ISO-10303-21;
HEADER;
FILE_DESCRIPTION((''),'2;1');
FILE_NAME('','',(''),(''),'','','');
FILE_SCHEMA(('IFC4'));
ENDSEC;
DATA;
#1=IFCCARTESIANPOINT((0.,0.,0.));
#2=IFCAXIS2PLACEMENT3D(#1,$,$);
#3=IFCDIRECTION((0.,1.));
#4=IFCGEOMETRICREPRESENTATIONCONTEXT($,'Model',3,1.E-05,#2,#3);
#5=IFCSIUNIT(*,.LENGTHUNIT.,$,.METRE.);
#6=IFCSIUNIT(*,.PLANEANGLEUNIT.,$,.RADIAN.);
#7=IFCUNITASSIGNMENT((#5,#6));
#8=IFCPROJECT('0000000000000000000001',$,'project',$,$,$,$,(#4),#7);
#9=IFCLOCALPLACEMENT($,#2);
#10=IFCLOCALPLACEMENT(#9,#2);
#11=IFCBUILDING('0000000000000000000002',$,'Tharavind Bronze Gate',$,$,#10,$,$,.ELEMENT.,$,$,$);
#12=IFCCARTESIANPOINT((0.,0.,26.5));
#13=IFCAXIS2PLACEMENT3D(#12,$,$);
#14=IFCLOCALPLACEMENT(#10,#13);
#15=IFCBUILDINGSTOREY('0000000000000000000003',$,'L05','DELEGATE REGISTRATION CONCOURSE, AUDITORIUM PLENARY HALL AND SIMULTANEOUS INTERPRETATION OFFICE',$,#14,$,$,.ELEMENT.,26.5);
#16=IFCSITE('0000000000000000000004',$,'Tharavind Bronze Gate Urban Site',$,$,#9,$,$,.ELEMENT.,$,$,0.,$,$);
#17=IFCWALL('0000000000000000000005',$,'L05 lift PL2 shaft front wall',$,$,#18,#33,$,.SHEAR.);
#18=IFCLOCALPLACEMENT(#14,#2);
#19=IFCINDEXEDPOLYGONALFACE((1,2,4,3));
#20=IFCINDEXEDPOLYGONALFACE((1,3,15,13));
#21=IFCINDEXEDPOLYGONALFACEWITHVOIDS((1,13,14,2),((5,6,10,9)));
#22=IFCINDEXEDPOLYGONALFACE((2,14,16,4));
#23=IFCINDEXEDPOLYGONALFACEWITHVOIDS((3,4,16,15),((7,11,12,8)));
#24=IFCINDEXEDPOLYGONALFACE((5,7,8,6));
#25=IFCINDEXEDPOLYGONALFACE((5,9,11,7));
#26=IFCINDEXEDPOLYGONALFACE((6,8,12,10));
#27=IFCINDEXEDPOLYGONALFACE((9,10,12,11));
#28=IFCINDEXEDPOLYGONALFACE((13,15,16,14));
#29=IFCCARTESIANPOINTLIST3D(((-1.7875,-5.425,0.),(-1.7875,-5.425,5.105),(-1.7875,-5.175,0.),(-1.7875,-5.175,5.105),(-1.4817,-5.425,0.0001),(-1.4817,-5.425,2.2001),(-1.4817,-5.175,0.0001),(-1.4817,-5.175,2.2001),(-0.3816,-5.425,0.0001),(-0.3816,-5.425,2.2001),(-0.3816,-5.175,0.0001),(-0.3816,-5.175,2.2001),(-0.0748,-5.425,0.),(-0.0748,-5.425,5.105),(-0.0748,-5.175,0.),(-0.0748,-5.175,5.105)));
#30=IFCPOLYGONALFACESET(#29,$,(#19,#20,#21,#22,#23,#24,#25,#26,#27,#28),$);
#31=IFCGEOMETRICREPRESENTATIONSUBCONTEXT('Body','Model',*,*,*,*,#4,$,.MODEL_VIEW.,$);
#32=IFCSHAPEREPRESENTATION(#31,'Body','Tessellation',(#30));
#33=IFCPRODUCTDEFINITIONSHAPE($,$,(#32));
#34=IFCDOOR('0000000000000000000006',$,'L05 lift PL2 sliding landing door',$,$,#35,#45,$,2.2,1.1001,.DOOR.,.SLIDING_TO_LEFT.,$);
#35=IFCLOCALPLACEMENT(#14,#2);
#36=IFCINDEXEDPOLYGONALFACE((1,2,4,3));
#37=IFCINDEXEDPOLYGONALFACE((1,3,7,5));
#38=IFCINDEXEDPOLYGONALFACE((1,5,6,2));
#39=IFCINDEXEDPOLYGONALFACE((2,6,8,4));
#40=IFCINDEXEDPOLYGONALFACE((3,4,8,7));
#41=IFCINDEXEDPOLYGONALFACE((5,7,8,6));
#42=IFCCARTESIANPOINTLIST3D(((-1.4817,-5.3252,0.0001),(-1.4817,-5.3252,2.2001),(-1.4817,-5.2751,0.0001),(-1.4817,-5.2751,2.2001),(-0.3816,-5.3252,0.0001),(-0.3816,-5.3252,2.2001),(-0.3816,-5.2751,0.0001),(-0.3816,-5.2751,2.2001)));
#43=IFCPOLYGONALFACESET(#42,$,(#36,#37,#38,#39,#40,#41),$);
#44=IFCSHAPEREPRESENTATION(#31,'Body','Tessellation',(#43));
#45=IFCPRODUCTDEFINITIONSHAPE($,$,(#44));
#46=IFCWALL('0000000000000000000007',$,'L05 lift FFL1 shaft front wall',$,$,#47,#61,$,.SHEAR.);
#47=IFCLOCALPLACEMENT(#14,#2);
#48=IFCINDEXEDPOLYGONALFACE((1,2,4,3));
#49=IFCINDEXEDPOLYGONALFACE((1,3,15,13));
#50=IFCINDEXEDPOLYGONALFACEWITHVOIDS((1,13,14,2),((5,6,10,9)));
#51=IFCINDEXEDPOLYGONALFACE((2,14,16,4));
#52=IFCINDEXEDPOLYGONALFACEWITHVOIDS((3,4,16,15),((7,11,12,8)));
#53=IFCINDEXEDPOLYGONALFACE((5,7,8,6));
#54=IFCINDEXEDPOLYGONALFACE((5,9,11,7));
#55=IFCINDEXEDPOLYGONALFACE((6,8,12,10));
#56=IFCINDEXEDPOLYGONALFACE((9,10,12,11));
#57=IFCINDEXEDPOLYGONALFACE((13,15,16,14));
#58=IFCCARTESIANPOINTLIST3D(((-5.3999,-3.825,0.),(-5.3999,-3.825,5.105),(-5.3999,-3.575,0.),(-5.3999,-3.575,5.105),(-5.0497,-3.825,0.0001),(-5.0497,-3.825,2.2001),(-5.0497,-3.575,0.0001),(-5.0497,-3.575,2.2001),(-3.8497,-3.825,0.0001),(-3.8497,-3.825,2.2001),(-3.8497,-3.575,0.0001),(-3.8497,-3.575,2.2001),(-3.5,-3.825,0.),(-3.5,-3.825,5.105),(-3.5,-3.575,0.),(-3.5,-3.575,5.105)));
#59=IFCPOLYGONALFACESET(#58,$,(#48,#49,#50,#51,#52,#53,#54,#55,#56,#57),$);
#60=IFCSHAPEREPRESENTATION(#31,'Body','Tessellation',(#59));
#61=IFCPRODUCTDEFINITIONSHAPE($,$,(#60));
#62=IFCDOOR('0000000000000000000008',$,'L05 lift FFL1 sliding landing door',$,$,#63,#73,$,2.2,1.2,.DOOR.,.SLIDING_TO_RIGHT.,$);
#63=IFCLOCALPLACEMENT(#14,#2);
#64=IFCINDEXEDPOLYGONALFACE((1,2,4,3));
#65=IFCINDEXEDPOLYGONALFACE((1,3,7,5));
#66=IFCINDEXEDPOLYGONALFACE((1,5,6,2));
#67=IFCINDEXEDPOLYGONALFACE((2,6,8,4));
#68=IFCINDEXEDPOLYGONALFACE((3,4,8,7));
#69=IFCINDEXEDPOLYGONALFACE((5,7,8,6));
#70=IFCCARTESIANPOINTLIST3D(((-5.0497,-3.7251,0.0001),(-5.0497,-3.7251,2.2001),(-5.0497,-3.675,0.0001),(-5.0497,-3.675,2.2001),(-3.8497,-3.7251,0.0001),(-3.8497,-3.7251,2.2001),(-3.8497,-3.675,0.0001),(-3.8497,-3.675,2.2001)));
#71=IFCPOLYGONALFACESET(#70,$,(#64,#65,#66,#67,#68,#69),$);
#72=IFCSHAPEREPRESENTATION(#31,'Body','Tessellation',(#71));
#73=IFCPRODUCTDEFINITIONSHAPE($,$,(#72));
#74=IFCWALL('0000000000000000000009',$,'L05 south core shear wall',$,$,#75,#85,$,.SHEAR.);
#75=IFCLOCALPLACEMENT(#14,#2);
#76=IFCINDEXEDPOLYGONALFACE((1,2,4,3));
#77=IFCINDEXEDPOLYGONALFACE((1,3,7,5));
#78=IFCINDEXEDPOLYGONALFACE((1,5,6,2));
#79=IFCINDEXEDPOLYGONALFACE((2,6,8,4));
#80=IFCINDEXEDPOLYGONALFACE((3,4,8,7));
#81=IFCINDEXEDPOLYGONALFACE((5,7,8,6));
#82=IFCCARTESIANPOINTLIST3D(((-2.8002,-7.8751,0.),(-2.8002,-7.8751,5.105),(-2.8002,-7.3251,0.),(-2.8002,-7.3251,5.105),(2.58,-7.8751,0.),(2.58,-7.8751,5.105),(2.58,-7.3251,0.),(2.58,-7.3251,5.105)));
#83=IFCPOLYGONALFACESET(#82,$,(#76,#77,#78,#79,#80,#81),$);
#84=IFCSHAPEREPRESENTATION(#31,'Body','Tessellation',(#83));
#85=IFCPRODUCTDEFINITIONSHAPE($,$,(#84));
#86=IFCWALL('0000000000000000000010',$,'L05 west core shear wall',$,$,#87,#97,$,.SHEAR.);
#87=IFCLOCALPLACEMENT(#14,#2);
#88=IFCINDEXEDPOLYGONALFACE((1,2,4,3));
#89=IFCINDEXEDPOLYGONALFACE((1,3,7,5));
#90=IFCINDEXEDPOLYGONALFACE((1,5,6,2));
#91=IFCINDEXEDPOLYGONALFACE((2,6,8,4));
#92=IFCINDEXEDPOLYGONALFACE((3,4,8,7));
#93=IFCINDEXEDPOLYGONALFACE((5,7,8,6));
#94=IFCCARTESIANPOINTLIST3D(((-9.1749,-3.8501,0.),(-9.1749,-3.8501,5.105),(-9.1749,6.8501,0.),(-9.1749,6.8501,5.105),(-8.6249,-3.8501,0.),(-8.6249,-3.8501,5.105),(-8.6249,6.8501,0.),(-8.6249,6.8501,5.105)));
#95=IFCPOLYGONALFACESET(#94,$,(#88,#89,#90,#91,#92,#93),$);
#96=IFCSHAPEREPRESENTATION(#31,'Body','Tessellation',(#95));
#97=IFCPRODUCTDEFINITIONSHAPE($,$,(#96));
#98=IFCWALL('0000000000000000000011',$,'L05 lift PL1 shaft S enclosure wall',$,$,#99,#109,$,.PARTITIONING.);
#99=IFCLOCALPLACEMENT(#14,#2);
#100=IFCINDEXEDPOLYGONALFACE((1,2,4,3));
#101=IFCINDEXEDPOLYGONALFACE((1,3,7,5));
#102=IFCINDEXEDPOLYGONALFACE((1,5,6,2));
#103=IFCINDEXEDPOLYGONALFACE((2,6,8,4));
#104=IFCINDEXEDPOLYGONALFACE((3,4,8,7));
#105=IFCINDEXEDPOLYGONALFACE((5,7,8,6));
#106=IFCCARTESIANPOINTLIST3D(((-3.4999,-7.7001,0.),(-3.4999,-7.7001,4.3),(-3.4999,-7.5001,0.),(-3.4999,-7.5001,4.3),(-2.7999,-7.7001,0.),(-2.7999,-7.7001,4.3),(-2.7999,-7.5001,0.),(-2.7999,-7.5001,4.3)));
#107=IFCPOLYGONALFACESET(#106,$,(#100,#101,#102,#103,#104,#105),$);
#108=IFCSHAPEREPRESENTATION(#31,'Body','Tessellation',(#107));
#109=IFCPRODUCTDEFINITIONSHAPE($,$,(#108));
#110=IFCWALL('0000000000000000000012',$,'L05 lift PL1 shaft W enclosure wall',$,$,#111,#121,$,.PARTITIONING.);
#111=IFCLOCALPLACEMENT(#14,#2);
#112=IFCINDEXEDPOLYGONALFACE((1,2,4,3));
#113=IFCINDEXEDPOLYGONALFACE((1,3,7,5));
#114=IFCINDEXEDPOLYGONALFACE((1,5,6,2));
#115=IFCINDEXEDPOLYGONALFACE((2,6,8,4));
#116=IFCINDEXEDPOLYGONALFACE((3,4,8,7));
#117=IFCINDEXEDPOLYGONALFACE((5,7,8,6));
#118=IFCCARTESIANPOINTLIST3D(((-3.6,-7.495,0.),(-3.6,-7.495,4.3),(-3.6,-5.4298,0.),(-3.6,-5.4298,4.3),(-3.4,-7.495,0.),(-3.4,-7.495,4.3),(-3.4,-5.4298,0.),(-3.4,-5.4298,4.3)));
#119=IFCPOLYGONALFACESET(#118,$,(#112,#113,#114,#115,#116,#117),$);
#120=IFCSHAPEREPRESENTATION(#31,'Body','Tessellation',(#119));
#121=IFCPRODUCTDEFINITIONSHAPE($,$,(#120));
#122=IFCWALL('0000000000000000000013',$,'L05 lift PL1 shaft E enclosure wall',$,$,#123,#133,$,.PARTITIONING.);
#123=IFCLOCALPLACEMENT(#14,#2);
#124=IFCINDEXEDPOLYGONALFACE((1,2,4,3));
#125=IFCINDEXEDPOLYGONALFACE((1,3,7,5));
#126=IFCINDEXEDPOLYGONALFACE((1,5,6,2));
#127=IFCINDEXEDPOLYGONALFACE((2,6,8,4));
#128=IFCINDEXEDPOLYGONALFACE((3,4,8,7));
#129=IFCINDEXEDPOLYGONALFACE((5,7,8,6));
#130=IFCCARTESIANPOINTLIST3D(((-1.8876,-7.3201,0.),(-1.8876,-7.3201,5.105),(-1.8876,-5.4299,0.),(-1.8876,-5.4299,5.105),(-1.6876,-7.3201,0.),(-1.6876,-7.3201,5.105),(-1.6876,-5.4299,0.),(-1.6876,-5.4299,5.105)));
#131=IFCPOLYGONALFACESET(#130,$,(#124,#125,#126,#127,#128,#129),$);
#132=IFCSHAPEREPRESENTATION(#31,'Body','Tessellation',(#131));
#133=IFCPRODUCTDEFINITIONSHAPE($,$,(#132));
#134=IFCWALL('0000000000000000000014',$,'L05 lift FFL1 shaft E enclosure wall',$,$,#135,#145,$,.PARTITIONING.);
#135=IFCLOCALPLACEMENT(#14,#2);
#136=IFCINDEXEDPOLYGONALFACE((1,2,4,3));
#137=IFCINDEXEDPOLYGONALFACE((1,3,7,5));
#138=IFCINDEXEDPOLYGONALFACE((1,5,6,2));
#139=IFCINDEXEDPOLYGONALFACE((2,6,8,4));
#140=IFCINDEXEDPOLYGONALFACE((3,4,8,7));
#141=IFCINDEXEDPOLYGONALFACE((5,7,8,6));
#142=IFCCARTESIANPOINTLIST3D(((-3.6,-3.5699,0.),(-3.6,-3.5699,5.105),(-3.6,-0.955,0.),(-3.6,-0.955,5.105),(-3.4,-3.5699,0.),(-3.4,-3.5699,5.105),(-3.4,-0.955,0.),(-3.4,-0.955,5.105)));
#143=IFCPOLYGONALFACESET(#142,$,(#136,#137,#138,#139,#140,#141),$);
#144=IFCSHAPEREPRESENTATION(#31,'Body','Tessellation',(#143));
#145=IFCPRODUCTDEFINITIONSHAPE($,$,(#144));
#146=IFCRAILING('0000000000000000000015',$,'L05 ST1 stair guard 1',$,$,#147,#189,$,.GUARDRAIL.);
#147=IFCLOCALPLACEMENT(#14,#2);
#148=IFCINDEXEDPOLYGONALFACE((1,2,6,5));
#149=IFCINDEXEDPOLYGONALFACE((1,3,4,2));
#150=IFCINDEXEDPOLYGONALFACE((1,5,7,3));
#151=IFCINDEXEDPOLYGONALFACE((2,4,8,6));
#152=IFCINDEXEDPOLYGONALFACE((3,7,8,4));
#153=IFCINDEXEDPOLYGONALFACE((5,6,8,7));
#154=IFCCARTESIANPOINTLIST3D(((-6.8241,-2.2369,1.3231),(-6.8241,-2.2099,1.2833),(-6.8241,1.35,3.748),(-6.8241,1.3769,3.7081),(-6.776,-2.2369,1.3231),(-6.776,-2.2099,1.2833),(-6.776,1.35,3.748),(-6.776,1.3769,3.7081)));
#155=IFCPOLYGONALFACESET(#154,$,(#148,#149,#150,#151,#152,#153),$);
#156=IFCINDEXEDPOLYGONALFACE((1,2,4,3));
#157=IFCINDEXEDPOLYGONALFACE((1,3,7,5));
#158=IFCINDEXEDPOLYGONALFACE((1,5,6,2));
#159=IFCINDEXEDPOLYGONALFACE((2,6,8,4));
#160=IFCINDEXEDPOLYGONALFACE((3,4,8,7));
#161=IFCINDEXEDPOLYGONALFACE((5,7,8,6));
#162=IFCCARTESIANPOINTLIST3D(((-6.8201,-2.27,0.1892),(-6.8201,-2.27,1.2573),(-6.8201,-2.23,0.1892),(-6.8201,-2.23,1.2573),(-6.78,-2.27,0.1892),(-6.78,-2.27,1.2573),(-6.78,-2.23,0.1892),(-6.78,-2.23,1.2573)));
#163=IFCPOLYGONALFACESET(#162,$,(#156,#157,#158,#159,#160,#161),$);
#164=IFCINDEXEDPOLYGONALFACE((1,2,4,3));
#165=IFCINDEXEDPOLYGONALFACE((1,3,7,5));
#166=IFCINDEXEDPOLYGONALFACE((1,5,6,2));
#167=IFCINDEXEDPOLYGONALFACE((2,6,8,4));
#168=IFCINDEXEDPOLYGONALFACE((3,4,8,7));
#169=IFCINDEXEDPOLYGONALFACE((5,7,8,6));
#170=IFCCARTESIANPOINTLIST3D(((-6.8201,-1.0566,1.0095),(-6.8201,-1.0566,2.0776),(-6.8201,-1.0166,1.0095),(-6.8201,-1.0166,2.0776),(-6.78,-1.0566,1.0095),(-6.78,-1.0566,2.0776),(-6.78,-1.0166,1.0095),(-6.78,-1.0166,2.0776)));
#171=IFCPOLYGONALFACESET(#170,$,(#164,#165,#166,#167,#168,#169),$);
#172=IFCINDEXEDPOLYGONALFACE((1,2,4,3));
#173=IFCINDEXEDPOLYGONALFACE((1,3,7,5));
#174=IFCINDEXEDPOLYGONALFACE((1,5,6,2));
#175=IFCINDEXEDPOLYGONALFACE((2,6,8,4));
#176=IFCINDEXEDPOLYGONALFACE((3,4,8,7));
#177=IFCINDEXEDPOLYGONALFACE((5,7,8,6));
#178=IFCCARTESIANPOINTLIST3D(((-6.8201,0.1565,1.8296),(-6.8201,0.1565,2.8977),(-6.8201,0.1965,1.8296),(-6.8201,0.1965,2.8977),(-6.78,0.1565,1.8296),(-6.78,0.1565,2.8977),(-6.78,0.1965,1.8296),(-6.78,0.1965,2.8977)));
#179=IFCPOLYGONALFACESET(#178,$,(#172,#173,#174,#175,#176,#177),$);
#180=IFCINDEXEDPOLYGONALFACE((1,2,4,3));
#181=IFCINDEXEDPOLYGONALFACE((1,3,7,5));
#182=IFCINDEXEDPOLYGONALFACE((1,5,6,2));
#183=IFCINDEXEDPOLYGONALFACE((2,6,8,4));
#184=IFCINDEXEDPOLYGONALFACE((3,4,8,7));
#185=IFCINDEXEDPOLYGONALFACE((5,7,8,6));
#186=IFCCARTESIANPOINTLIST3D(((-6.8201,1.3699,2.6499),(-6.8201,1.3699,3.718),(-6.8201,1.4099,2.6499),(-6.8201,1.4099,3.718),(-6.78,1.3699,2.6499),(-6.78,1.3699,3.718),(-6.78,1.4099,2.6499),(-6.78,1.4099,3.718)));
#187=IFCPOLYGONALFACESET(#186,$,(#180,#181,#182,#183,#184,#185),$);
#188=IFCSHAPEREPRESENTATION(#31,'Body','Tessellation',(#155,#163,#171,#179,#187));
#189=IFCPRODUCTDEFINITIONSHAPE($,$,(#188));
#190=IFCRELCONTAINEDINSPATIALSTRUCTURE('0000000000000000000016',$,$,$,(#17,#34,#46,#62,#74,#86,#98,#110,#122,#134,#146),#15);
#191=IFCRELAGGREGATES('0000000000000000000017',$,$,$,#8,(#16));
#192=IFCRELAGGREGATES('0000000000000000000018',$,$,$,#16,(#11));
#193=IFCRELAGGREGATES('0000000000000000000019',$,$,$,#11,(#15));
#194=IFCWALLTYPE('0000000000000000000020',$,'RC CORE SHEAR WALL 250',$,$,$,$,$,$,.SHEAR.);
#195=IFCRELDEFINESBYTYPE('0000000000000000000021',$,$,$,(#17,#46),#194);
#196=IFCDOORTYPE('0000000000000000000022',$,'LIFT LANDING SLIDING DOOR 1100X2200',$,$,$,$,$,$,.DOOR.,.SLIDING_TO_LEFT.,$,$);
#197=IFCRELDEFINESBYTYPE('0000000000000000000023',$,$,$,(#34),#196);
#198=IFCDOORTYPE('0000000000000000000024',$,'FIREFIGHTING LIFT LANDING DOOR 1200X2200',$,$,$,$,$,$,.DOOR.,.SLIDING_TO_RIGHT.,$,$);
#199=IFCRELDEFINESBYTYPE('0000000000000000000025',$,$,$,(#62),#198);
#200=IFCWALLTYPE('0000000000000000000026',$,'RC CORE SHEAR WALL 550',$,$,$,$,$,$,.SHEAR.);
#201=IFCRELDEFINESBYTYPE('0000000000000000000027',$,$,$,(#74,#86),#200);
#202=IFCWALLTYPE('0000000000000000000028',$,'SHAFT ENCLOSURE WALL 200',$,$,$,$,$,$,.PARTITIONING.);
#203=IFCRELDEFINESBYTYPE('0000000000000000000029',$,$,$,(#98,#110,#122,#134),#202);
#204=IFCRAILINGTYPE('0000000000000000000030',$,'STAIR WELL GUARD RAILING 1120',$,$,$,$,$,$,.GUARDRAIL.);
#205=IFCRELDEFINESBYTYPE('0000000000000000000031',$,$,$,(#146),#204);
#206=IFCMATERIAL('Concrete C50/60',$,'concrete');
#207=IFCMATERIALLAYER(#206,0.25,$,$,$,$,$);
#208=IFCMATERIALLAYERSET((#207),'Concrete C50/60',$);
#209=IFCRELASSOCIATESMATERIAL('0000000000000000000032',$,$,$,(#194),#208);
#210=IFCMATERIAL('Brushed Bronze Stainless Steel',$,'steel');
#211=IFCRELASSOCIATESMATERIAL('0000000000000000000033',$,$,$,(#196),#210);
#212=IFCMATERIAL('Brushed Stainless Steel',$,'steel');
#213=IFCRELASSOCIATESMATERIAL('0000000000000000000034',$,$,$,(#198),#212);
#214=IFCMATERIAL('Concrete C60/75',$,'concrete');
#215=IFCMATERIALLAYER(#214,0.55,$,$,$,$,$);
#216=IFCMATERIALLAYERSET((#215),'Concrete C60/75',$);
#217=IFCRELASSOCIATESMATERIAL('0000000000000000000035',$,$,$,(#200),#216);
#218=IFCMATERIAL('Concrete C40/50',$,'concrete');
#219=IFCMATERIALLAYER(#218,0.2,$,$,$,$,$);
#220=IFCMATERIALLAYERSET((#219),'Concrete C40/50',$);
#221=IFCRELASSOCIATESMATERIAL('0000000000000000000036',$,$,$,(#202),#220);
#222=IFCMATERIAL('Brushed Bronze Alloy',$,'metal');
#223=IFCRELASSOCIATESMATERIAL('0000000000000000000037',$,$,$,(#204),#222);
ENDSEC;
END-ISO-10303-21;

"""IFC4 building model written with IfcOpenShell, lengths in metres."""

from ifc_helpers import new_model, si_unit, direction, frame, frame_2d, origin, origin_2d, place, context, subcontext, project, spatial, rectangle, extrude, material, layer, layer_set, type_object, element, fill, save


model = new_model("IFC4")

# Units and contexts
model_context = context("Model", 3, precision=1e-05, world=origin(), true_north=direction((0.0, 1.0)))
body_context = subcontext(model_context, "Body", "Model", "MODEL_VIEW")
ifc_project = project(units=[si_unit("LENGTHUNIT", "METRE"), si_unit("PLANEANGLEUNIT", "RADIAN")], contexts=[model_context])

# Site, building, storey
site_placement = place(None, origin())
site = spatial("IfcSite", under=ifc_project, at=site_placement, Name="Tharavind Bronze Gate Urban Site", CompositionType="ELEMENT", RefElevation=0.0)
building_placement = place(site_placement, origin())
building = spatial("IfcBuilding", under=site, at=building_placement, Name="Tharavind Bronze Gate", CompositionType="ELEMENT")
storey_placement = place(building_placement, frame((0.0, 0.0, 26.5)))
storey = spatial("IfcBuildingStorey", under=building, at=storey_placement, Name="L05", Description="DELEGATE REGISTRATION CONCOURSE, AUDITORIUM PLENARY HALL AND SIMULTANEOUS INTERPRETATION OFFICE", CompositionType="ELEMENT", Elevation=26.5)

# Shared definitions
ifc_material_1 = material(Name="Concrete C50/60", Category="concrete")
ifc_layer_1 = layer(ifc_material_1, 0.25)
ifc_layer_set_1 = layer_set([ifc_layer_1], Name="Concrete C50/60")
wall_type_1 = type_object("IfcWallType", Name="RC CORE SHEAR WALL 250", PredefinedType="SHEAR", material=ifc_layer_set_1)

# Walls, openings, doors
ifc_material_2 = material(Name="Brushed Bronze Stainless Steel", Category="steel")
door_type_1 = type_object("IfcDoorType", Name="LIFT LANDING SLIDING DOOR 1100X2200", OperationType="SLIDING_TO_LEFT", PredefinedType="DOOR", material=ifc_material_2)
wall_1_placement = place(storey_placement, frame((-1.7876, -5.3, 0.0), z_axis=(0.0, 0.0, 1.0), x_axis=(1.0, 0.0, 0.0)))
wall_1 = element("IfcWall", 1, at=wall_1_placement, inside=storey, type_object=wall_type_1, Name="L05 lift PL2 shaft front wall", PredefinedType="SHEAR", context=body_context, shape_type="SweptSolid", body=[
    extrude(rectangle(XDim=1.7126, YDim=0.25, at=frame_2d((0.8564, 0.0))), origin(), (0.0, 0.0, 1.0), 5.105),
])
opening_1_placement = place(wall_1_placement, frame((0.3059, 0.0, 0.0)))
opening_1 = element("IfcOpeningElement", 2, at=opening_1_placement, cuts=wall_1, PredefinedType="OPENING", context=body_context, shape_type="SweptSolid", body=[
    extrude(rectangle(XDim=1.1001, YDim=2.2, at=frame_2d((0.55, 1.1001))), frame((0.0, 0.135, 0.0), z_axis=(0.0, -1.0, 0.0), x_axis=(1.0, 0.0, 0.0)), (0.0, 0.0, 1.0), 0.27),
])
door_1_placement = place(opening_1_placement, origin())
door_1 = element("IfcDoor", 3, at=door_1_placement, inside=storey, type_object=door_type_1, Name="L05 lift PL2 sliding landing door", OperationType="SLIDING_TO_LEFT", OverallHeight=2.2, OverallWidth=1.1001, PredefinedType="DOOR", context=body_context, shape_type="SweptSolid", body=[
    extrude(rectangle(XDim=1.1001, YDim=2.2, at=frame_2d((0.55, 1.1001))), frame((0.0, 0.0249, 0.0), z_axis=(0.0, -1.0, 0.0), x_axis=(1.0, 0.0, 0.0)), (0.0, 0.0, 1.0), 0.05),
])
fill(opening_1, door_1)
wall_2_placement = place(storey_placement, frame((-5.3999, -3.7, 0.0), z_axis=(0.0, 0.0, 1.0), x_axis=(1.0, 0.0, 0.0)))
wall_2 = element("IfcWall", 4, at=wall_2_placement, inside=storey, type_object=wall_type_1, Name="L05 lift FFL1 shaft front wall", PredefinedType="SHEAR", context=body_context, shape_type="SweptSolid", body=[
    extrude(rectangle(XDim=1.8999, YDim=0.25, at=frame_2d((0.95, 0.0))), origin(), (0.0, 0.0, 1.0), 5.105),
])
opening_2_placement = place(wall_2_placement, frame((0.3501, 0.0, 0.0)))
opening_2 = element("IfcOpeningElement", 5, at=opening_2_placement, cuts=wall_2, PredefinedType="OPENING", context=body_context, shape_type="SweptSolid", body=[
    extrude(rectangle(XDim=1.2, YDim=2.2, at=frame_2d((0.6001, 1.1001))), frame((0.0, 0.135, 0.0), z_axis=(0.0, -1.0, 0.0), x_axis=(1.0, 0.0, 0.0)), (0.0, 0.0, 1.0), 0.27),
])
ifc_material_3 = material(Name="Brushed Stainless Steel", Category="steel")
door_type_2 = type_object("IfcDoorType", Name="FIREFIGHTING LIFT LANDING DOOR 1200X2200", OperationType="SLIDING_TO_RIGHT", PredefinedType="DOOR", material=ifc_material_3)
door_2_placement = place(opening_2_placement, origin())
door_2 = element("IfcDoor", 6, at=door_2_placement, inside=storey, type_object=door_type_2, Name="L05 lift FFL1 sliding landing door", OperationType="SLIDING_TO_RIGHT", OverallHeight=2.2, OverallWidth=1.2, PredefinedType="DOOR", context=body_context, shape_type="SweptSolid", body=[
    extrude(rectangle(XDim=1.2, YDim=2.2, at=frame_2d((0.6001, 1.1001))), frame((0.0, 0.0249, 0.0), z_axis=(0.0, -1.0, 0.0), x_axis=(1.0, 0.0, 0.0)), (0.0, 0.0, 1.0), 0.05),
])
fill(opening_2, door_2)

# Walls
ifc_material_4 = material(Name="Concrete C60/75", Category="concrete")
ifc_layer_2 = layer(ifc_material_4, 0.55)
ifc_layer_set_2 = layer_set([ifc_layer_2], Name="Concrete C60/75")
wall_type_2 = type_object("IfcWallType", Name="RC CORE SHEAR WALL 550", PredefinedType="SHEAR", material=ifc_layer_set_2)
wall_3_placement = place(storey_placement, frame((-2.8, -7.6001, 0.0), z_axis=(0.0, 0.0, 1.0), x_axis=(1.0, 0.0, 0.0)))
element("IfcWall", 7, at=wall_3_placement, inside=storey, type_object=wall_type_2, Name="L05 south core shear wall", PredefinedType="SHEAR", context=body_context, shape_type="SweptSolid", body=[
    extrude(rectangle(XDim=5.3801, YDim=0.55, at=frame_2d((2.6899, 0.0))), origin(), (0.0, 0.0, 1.0), 5.105),
])
wall_4_placement = place(storey_placement, frame((-8.8999, -3.8501, 0.0), z_axis=(0.0, 0.0, 1.0), x_axis=(0.0, 1.0, 0.0)))
element("IfcWall", 8, at=wall_4_placement, inside=storey, type_object=wall_type_2, Name="L05 west core shear wall", PredefinedType="SHEAR", context=body_context, shape_type="SweptSolid", body=[
    extrude(rectangle(XDim=10.7002, YDim=0.55, at=frame_2d((5.3501, 0.0))), origin(), (0.0, 0.0, 1.0), 5.105),
])
ifc_material_5 = material(Name="Concrete C40/50", Category="concrete")
ifc_layer_3 = layer(ifc_material_5, 0.2)
ifc_layer_set_3 = layer_set([ifc_layer_3], Name="Concrete C40/50")
wall_type_3 = type_object("IfcWallType", Name="SHAFT ENCLOSURE WALL 200", PredefinedType="PARTITIONING", material=ifc_layer_set_3)
wall_5_placement = place(storey_placement, frame((-3.5, -7.6001, 0.0), z_axis=(0.0, 0.0, 1.0), x_axis=(1.0, 0.0, 0.0)))
element("IfcWall", 9, at=wall_5_placement, inside=storey, type_object=wall_type_3, Name="L05 lift PL1 shaft S enclosure wall", PredefinedType="PARTITIONING", context=body_context, shape_type="SweptSolid", body=[
    extrude(rectangle(XDim=0.7, YDim=0.2, at=frame_2d((0.3501, 0.0))), origin(), (0.0, 0.0, 1.0), 4.3),
])
wall_6_placement = place(storey_placement, frame((-3.5, -7.4951, 0.0), z_axis=(0.0, 0.0, 1.0), x_axis=(0.0, 1.0, 0.0)))
element("IfcWall", 10, at=wall_6_placement, inside=storey, type_object=wall_type_3, Name="L05 lift PL1 shaft W enclosure wall", PredefinedType="PARTITIONING", context=body_context, shape_type="SweptSolid", body=[
    extrude(rectangle(XDim=2.0652, YDim=0.2, at=frame_2d((1.0327, 0.0))), origin(), (0.0, 0.0, 1.0), 4.3),
])
wall_7_placement = place(storey_placement, frame((-1.7876, -7.3201, 0.0), z_axis=(0.0, 0.0, 1.0), x_axis=(0.0, 1.0, 0.0)))
element("IfcWall", 11, at=wall_7_placement, inside=storey, type_object=wall_type_3, Name="L05 lift PL1 shaft E enclosure wall", PredefinedType="PARTITIONING", context=body_context, shape_type="SweptSolid", body=[
    extrude(rectangle(XDim=1.8901, YDim=0.2, at=frame_2d((0.9451, 0.0))), origin(), (0.0, 0.0, 1.0), 5.105),
])
wall_8_placement = place(storey_placement, frame((-3.5, -3.5701, 0.0), z_axis=(0.0, 0.0, 1.0), x_axis=(0.0, 1.0, 0.0)))
element("IfcWall", 12, at=wall_8_placement, inside=storey, type_object=wall_type_3, Name="L05 lift FFL1 shaft E enclosure wall", PredefinedType="PARTITIONING", context=body_context, shape_type="SweptSolid", body=[
    extrude(rectangle(XDim=2.615, YDim=0.2, at=frame_2d((1.3076, 0.0))), origin(), (0.0, 0.0, 1.0), 5.105),
])

# Railing
ifc_material_6 = material(Name="Brushed Bronze Alloy", Category="metal")
railing_type = type_object("IfcRailingType", Name="STAIR WELL GUARD RAILING 1120", PredefinedType="GUARDRAIL", material=ifc_material_6)
railing_1_placement = place(storey_placement, frame((-6.8, -2.25, 0.1892)))
element("IfcRailing", 13, at=railing_1_placement, inside=storey, type_object=railing_type, Name="L05 ST1 stair guard 1", PredefinedType="GUARDRAIL", context=body_context, shape_type="SweptSolid", body=[
    extrude(rectangle(XDim=0.0481, YDim=0.0481, at=origin_2d()), frame((0.0, 0.0266, 1.114), z_axis=(0.0, 0.828451, 0.560062), x_axis=(-1.0, 0.0, 0.0)), (0.0, 0.0, 1.0), 4.3296),
    extrude(rectangle(XDim=0.04, YDim=0.04, at=origin_2d()), origin(), (0.0, 0.0, 1.0), 1.0681),
    extrude(rectangle(XDim=0.04, YDim=0.04, at=origin_2d()), frame((0.0, 1.2134, 0.8203)), (0.0, 0.0, 1.0), 1.0681),
    extrude(rectangle(XDim=0.04, YDim=0.04, at=origin_2d()), frame((0.0, 2.4265, 1.6404)), (0.0, 0.0, 1.0), 1.0681),
    extrude(rectangle(XDim=0.04, YDim=0.04, at=origin_2d()), frame((0.0, 3.6399, 2.4607)), (0.0, 0.0, 1.0), 1.0681),
])

save(model, "model.ifc")
